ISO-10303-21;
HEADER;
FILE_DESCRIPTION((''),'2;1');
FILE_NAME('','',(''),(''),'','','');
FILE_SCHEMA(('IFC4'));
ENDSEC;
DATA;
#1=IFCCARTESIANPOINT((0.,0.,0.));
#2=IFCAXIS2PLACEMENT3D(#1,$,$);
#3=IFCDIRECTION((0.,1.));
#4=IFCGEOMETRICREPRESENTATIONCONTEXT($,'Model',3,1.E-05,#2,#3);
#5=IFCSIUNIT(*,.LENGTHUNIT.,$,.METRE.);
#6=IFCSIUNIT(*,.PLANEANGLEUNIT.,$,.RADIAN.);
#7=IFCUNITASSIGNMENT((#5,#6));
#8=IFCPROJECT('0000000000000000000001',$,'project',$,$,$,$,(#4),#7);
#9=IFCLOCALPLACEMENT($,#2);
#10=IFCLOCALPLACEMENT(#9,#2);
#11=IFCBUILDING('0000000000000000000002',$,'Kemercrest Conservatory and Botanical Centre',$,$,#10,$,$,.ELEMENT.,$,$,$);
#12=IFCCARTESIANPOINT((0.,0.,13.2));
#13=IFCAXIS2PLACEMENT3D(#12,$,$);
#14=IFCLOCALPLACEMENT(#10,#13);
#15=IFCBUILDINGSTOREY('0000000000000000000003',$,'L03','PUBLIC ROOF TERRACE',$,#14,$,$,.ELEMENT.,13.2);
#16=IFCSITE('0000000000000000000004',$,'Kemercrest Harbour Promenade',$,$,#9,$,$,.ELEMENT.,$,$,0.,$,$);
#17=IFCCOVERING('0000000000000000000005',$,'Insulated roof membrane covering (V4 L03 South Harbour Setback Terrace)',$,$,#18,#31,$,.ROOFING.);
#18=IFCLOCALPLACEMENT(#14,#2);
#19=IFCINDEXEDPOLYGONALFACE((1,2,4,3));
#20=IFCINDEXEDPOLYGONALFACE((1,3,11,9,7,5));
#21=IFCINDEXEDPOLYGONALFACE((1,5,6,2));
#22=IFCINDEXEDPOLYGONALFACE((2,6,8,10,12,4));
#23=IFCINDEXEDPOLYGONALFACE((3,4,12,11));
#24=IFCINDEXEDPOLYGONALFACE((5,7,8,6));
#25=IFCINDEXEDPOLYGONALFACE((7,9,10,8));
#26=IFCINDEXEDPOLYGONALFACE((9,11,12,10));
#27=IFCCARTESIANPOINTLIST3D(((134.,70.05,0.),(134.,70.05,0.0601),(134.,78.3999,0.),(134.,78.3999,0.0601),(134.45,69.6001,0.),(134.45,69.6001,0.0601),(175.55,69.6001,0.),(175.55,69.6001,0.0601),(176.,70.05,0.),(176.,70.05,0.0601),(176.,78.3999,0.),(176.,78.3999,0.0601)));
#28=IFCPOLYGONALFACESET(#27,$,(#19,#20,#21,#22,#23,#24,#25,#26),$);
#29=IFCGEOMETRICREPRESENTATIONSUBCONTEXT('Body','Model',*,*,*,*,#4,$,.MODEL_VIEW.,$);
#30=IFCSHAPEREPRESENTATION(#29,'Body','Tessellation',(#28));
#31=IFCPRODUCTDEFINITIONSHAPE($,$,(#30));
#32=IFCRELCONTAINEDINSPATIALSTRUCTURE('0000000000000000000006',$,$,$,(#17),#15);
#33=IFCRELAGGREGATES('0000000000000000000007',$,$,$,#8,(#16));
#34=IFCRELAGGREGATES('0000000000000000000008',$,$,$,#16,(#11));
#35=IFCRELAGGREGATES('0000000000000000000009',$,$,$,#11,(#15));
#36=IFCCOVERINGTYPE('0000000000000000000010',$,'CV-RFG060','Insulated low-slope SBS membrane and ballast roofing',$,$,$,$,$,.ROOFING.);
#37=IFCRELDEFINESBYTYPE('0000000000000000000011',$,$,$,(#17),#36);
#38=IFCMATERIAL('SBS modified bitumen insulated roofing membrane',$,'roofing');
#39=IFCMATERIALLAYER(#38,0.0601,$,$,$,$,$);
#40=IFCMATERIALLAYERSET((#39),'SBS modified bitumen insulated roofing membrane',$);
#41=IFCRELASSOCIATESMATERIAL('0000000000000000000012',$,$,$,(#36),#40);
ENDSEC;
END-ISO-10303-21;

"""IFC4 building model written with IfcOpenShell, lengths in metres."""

from ifc_helpers import new_model, si_unit, direction, frame, origin, place, context, subcontext, project, spatial, polyline, outline, extrude, material, layer, layer_set, type_object, element, save


model = new_model("IFC4")

# Units and contexts
model_context = context("Model", 3, precision=1e-05, world=origin(), true_north=direction((0.0, 1.0)))
body_context = subcontext(model_context, "Body", "Model", "MODEL_VIEW")
ifc_project = project(units=[si_unit("LENGTHUNIT", "METRE"), si_unit("PLANEANGLEUNIT", "RADIAN")], contexts=[model_context])

# Site, building, storey
site_placement = place(None, origin())
site = spatial("IfcSite", under=ifc_project, at=site_placement, Name="Kemercrest Harbour Promenade", CompositionType="ELEMENT", RefElevation=0.0)
building_placement = place(site_placement, origin())
building = spatial("IfcBuilding", under=site, at=building_placement, Name="Kemercrest Conservatory and Botanical Centre", CompositionType="ELEMENT")
storey_placement = place(building_placement, frame((0.0, 0.0, 13.2)))
storey = spatial("IfcBuildingStorey", under=building, at=storey_placement, Name="L03", Description="PUBLIC ROOF TERRACE", CompositionType="ELEMENT", Elevation=13.2)

# Covering
ifc_material_1 = material(Name="SBS modified bitumen insulated roofing membrane", Category="roofing")
ifc_layer_1 = layer(ifc_material_1, 0.0601)
ifc_layer_set_1 = layer_set([ifc_layer_1], Name="SBS modified bitumen insulated roofing membrane")
covering_type_1 = type_object("IfcCoveringType", Name="CV-RFG060", Description="Insulated low-slope SBS membrane and ballast roofing", PredefinedType="ROOFING", material=ifc_layer_set_1)
covering_1_placement = place(storey_placement, origin())
element("IfcCovering", 1, at=covering_1_placement, inside=storey, type_object=covering_type_1, Name="Insulated roof membrane covering (V4 L03 South Harbour Setback Terrace)", PredefinedType="ROOFING", context=body_context, shape_type="SweptSolid", body=[
    extrude(outline(polyline([(134.45, 69.6001), (175.55, 69.6001), (176.0, 70.05), (176.0, 78.3999), (134.0, 78.3999), (134.0, 70.05), (134.45, 69.6001)])), origin(), (0.0, 0.0, 1.0), 0.0601),
])

save(model, "model.ifc")
